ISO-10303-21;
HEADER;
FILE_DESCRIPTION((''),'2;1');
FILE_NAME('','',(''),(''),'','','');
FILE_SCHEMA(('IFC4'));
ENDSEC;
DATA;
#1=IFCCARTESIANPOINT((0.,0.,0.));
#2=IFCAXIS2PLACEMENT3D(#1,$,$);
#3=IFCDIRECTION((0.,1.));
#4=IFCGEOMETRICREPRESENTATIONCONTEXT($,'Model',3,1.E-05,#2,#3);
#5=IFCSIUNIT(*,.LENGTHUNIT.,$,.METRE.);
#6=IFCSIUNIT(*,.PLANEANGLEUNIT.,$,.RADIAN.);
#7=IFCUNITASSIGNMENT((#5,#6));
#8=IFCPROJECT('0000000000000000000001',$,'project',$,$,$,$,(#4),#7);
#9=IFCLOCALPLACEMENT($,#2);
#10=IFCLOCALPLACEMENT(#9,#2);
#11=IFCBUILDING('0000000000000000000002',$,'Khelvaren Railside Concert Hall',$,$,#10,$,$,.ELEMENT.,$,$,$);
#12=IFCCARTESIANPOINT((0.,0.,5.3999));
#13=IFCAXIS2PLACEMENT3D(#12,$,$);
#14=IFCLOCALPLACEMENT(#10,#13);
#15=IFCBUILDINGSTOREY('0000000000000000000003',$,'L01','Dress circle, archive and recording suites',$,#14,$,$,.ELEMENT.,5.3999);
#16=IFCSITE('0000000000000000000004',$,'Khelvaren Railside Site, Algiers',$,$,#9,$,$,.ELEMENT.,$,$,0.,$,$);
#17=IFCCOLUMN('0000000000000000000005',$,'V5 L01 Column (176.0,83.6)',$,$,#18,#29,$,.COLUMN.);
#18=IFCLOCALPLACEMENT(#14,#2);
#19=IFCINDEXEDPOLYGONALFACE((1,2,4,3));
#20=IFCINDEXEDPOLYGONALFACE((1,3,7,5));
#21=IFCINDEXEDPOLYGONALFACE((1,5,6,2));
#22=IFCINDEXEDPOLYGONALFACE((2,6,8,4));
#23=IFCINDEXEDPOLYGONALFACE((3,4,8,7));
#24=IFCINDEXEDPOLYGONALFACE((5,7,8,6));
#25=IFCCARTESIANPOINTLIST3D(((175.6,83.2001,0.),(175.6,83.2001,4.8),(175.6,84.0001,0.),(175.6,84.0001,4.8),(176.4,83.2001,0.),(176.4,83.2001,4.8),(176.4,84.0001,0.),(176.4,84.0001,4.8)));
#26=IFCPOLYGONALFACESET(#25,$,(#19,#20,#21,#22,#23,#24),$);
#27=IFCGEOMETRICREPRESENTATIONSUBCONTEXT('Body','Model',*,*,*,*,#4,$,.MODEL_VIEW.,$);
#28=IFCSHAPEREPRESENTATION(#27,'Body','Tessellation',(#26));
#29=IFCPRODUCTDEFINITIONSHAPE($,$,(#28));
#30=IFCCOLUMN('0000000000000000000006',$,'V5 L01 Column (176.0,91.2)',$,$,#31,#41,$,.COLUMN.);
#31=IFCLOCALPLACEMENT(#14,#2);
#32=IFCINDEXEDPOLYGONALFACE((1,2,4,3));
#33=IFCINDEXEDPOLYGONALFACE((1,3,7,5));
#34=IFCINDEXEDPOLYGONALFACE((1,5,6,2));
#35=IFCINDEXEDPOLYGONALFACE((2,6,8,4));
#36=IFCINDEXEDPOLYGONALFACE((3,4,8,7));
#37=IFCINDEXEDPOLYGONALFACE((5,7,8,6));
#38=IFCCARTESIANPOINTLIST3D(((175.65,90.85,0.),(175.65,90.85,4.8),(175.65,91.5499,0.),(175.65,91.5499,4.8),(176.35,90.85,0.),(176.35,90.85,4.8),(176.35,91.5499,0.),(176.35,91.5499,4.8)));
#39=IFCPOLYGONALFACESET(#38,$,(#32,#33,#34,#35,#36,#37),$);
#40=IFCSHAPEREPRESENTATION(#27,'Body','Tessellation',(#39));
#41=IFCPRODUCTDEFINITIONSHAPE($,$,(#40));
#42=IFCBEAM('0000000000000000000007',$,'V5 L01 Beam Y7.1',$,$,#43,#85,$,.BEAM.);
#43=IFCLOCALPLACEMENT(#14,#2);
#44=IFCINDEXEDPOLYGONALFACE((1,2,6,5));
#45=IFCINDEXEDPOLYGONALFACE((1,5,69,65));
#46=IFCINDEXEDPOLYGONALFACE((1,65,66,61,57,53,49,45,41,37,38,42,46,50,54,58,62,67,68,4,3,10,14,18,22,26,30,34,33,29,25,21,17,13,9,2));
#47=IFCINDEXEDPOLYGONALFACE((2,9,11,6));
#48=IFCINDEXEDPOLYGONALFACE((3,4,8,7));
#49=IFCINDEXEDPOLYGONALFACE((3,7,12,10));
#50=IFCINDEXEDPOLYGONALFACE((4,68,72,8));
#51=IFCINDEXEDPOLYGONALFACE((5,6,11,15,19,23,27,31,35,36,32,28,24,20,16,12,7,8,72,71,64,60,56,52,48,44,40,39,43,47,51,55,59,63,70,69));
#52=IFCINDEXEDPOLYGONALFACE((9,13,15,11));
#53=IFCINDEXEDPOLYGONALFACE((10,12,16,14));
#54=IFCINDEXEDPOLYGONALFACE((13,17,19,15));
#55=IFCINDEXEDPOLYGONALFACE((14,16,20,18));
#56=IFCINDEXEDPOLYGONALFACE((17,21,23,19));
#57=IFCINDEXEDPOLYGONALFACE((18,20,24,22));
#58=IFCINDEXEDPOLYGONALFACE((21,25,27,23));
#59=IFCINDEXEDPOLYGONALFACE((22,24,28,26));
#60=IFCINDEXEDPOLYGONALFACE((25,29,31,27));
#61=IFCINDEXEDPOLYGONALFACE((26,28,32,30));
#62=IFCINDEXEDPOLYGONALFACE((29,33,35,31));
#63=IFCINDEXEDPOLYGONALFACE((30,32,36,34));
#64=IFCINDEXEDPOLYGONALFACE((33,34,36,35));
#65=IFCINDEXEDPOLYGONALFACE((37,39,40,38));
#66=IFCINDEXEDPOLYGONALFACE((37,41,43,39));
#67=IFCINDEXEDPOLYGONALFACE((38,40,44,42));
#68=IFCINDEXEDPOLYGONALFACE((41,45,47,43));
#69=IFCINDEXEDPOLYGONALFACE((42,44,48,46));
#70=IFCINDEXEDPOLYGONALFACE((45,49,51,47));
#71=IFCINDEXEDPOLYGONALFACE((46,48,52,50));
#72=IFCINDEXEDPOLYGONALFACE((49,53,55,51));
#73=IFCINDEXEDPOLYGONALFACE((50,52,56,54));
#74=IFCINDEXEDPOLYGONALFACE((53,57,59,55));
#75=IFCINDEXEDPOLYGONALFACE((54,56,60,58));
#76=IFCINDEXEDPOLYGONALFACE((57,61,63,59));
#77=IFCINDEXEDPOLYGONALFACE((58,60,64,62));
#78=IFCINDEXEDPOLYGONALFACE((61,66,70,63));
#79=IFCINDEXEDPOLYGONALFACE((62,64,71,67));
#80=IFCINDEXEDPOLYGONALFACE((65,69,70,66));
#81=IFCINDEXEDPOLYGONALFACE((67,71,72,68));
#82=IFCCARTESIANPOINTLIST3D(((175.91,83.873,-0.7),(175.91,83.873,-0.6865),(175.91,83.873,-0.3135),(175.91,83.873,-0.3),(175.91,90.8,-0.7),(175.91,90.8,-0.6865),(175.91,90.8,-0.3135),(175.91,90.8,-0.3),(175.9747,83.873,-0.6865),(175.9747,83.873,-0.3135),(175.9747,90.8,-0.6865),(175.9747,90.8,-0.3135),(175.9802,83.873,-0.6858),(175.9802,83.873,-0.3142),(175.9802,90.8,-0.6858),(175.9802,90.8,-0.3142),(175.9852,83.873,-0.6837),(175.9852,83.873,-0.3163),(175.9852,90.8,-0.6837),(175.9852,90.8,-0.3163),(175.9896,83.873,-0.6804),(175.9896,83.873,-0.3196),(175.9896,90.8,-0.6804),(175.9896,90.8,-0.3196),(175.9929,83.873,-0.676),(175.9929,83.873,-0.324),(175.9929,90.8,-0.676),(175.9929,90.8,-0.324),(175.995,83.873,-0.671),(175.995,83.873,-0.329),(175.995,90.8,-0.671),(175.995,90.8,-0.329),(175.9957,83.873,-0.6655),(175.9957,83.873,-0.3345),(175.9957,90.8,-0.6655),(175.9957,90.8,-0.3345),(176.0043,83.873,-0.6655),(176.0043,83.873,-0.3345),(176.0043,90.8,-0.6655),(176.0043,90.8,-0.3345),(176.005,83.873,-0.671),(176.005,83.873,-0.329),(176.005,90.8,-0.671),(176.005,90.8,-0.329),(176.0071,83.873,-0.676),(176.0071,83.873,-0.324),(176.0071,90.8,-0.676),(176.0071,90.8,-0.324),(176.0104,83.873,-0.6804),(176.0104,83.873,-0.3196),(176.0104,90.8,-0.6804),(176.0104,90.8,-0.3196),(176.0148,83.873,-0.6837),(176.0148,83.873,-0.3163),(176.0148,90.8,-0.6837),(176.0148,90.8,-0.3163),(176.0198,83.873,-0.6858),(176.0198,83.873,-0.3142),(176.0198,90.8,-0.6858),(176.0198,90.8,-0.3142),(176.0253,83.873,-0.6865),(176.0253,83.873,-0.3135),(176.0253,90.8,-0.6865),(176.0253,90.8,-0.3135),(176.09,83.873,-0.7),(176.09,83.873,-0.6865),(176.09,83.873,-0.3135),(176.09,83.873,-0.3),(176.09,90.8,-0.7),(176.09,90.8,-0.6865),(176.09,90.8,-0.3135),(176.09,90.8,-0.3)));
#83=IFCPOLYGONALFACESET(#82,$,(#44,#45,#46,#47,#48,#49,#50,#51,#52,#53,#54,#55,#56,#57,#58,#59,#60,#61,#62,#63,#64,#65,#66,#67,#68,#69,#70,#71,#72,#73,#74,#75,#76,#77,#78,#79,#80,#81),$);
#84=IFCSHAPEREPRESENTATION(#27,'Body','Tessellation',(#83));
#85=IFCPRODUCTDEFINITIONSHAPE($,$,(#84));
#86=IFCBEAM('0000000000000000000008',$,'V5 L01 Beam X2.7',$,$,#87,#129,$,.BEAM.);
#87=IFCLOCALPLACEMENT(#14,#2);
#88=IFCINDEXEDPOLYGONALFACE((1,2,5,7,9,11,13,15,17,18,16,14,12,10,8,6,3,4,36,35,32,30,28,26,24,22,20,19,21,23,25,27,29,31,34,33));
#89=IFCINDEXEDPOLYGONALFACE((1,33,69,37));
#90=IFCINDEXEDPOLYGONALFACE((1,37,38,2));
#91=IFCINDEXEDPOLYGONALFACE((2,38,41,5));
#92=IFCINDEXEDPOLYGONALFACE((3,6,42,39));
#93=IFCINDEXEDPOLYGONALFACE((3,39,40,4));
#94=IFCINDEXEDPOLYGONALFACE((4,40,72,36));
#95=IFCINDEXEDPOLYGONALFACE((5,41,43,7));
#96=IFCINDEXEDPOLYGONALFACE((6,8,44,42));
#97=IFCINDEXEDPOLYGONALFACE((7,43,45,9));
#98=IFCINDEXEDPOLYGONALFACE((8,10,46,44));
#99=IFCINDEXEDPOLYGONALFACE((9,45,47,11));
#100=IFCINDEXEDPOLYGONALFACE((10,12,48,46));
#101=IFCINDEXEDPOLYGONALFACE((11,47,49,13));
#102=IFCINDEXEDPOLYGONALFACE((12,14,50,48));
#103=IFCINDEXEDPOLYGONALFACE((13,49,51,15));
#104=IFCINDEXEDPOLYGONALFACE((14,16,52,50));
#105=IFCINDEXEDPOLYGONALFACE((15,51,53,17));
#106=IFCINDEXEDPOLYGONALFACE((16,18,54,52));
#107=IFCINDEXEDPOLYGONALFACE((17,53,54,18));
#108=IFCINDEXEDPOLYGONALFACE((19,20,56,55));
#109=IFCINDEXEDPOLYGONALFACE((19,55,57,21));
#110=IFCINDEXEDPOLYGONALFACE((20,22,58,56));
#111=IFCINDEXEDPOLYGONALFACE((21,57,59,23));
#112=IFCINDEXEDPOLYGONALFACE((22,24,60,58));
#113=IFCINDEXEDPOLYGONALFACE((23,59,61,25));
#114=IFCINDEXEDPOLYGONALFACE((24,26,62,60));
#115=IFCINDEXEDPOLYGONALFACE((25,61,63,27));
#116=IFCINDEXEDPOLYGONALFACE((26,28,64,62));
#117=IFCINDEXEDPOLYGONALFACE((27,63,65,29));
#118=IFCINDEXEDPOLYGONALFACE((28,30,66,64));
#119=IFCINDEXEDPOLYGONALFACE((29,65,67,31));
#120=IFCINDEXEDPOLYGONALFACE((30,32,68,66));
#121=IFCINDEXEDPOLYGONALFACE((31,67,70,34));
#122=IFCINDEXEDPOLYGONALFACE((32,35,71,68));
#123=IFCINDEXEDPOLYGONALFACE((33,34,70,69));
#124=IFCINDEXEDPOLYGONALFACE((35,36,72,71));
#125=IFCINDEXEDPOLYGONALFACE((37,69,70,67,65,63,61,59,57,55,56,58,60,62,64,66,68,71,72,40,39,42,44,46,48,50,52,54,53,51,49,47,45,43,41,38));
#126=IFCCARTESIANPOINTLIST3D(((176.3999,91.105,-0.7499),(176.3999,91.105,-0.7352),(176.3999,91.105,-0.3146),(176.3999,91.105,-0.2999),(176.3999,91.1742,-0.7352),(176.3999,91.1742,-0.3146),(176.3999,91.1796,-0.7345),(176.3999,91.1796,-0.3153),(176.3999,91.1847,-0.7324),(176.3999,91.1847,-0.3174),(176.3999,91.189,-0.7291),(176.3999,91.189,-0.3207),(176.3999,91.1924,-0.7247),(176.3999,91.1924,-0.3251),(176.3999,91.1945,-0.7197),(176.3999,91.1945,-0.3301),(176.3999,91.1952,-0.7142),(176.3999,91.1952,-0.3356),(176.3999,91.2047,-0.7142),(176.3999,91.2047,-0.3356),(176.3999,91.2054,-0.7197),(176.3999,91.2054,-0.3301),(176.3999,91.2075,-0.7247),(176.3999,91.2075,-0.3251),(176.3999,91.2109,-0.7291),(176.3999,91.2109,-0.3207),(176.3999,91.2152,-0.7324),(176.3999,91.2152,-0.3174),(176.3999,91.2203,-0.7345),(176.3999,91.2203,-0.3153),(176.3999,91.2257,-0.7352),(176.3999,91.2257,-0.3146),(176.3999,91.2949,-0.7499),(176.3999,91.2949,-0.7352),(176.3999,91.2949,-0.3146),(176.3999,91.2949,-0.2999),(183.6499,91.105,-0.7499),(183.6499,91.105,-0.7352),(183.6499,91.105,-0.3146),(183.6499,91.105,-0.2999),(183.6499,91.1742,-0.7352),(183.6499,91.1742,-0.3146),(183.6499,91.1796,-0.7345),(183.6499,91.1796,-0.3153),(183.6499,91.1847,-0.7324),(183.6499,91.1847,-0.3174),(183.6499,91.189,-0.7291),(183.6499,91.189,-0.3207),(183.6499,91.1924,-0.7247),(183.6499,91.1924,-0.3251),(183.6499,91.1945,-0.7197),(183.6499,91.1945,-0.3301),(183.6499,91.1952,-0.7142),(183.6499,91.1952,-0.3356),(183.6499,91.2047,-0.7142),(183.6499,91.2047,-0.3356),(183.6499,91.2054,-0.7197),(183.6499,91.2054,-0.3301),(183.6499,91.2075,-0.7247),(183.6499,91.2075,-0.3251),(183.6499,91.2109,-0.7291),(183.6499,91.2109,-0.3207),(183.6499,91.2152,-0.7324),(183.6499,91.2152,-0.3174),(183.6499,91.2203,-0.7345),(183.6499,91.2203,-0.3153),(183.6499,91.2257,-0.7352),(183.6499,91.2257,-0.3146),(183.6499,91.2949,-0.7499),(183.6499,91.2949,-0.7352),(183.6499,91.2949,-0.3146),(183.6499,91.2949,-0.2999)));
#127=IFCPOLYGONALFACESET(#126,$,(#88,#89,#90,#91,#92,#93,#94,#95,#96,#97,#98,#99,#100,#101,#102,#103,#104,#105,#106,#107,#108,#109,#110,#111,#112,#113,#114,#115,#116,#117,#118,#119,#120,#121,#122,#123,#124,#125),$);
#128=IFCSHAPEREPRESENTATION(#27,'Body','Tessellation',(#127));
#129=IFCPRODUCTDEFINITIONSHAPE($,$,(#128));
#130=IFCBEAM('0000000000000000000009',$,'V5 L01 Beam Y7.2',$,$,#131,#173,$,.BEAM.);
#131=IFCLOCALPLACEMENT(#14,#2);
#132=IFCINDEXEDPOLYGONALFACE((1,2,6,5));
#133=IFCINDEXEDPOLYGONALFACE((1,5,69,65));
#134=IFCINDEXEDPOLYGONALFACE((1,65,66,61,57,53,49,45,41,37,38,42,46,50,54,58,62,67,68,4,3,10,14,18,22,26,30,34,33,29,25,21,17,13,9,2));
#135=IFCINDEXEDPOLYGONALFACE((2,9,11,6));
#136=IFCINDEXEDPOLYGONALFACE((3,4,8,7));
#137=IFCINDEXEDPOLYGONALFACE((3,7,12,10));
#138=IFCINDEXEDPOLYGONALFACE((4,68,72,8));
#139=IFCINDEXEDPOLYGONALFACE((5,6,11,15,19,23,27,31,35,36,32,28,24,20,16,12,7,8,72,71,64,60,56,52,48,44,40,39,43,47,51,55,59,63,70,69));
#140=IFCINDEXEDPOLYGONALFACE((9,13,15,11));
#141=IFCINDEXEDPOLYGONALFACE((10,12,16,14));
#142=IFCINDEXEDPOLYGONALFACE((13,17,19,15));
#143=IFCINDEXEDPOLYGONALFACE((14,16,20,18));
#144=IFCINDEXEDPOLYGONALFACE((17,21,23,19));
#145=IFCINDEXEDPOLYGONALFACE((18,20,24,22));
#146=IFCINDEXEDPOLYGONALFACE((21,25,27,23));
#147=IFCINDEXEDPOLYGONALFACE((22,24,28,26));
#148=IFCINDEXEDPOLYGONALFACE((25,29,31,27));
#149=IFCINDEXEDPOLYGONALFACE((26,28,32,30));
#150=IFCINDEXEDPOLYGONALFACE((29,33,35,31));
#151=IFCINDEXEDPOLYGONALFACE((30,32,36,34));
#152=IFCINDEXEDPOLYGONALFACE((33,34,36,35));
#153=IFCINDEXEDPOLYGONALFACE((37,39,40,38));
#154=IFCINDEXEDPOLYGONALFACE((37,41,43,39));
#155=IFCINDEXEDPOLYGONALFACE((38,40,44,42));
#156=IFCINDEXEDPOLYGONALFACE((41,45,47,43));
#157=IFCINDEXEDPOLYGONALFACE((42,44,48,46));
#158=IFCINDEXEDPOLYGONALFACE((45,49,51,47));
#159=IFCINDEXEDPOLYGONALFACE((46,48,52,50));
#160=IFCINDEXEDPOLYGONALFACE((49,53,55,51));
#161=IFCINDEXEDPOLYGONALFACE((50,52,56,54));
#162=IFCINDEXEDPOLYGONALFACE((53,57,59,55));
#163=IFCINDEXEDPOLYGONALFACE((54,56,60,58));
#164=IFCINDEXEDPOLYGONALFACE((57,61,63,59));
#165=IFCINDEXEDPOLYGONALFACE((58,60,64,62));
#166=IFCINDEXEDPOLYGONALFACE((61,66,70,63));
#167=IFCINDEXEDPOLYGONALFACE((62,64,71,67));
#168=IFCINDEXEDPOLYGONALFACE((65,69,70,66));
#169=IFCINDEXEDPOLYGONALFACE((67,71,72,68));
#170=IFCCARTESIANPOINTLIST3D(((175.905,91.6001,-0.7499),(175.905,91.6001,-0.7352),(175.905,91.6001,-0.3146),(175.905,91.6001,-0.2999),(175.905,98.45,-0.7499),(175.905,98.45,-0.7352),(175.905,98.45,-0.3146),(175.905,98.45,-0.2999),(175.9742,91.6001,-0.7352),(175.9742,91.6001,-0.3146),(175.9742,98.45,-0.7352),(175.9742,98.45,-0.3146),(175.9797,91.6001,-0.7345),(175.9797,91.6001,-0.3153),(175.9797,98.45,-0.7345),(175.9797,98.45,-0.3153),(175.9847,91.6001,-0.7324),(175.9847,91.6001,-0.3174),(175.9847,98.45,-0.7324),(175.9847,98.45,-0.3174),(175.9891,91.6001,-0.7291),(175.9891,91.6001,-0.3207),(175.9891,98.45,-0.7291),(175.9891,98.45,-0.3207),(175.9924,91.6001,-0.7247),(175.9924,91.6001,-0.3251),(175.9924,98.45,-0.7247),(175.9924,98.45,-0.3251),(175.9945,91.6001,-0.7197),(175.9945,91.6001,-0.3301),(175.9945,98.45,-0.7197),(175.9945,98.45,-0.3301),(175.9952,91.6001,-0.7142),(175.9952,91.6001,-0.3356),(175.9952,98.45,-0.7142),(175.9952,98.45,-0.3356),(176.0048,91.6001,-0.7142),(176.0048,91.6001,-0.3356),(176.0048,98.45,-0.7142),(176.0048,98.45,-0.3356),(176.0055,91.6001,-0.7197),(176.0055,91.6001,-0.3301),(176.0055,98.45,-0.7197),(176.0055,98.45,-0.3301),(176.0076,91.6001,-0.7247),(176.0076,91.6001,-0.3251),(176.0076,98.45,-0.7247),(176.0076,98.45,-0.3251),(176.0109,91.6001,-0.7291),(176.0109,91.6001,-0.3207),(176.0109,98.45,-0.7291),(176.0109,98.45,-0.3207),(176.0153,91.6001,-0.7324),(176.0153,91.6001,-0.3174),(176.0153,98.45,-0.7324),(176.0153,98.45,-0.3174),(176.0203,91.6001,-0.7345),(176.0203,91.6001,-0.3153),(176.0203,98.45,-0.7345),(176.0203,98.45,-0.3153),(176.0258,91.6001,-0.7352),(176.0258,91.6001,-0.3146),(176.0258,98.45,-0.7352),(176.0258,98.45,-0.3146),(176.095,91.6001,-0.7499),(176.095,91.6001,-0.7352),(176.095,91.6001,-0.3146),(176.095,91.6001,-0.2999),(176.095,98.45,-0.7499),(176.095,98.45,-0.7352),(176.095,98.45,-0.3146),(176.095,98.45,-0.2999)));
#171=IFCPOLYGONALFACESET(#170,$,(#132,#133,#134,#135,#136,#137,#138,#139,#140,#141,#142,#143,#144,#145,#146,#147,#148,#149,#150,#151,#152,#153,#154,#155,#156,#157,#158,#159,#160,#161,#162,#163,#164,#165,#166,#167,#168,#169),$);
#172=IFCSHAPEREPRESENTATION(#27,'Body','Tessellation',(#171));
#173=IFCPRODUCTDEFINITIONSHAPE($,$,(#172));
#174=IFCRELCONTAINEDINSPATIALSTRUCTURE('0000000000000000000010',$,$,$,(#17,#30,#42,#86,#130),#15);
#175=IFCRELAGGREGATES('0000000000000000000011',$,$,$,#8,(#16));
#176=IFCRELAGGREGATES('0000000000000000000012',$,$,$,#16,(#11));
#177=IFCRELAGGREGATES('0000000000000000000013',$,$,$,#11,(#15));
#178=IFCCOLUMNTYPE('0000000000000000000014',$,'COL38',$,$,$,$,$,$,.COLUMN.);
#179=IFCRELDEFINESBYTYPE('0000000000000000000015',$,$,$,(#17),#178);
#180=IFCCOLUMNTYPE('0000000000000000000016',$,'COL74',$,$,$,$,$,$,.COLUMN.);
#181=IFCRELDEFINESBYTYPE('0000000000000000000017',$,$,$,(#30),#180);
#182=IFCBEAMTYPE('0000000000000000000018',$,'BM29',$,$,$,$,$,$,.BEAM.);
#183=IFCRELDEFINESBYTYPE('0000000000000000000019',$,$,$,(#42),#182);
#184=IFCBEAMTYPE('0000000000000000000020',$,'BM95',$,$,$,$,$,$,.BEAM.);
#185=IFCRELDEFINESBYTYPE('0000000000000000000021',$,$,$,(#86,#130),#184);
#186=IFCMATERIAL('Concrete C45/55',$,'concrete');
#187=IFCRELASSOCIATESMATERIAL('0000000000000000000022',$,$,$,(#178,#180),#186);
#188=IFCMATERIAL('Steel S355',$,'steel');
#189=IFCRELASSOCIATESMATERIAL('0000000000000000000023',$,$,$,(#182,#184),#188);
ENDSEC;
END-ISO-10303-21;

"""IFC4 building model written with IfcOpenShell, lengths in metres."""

from ifc_helpers import new_model, si_unit, direction, frame, origin, origin_2d, place, context, subcontext, project, spatial, rectangle, i_section, extrude, material, material_profile, profile_set, type_object, element, save


model = new_model("IFC4")

# Units and contexts
model_context = context("Model", 3, precision=1e-05, world=origin(), true_north=direction((0.0, 1.0)))
body_context = subcontext(model_context, "Body", "Model", "MODEL_VIEW")
ifc_project = project(units=[si_unit("LENGTHUNIT", "METRE"), si_unit("PLANEANGLEUNIT", "RADIAN")], contexts=[model_context])

# Site, building, storey
site_placement = place(None, origin())
site = spatial("IfcSite", under=ifc_project, at=site_placement, Name="Khelvaren Railside Site, Algiers", CompositionType="ELEMENT", RefElevation=0.0)
building_placement = place(site_placement, origin())
building = spatial("IfcBuilding", under=site, at=building_placement, Name="Khelvaren Railside Concert Hall", CompositionType="ELEMENT")
storey_placement = place(building_placement, frame((0.0, 0.0, 5.3999)))
storey = spatial("IfcBuildingStorey", under=building, at=storey_placement, Name="L01", Description="Dress circle, archive and recording suites", CompositionType="ELEMENT", Elevation=5.3999)

# Columns
ifc_material_1 = material(Name="Concrete C45/55", Category="concrete")
ifc_material_profile_1 = material_profile(ifc_material_1, rectangle(XDim=0.8, YDim=0.8, at=origin_2d()), Name="RC 800x800")
ifc_profile_set_1 = profile_set([ifc_material_profile_1], Name="Concrete C45/55")
column_type_1 = type_object("IfcColumnType", Name="COL38", PredefinedType="COLUMN", material=ifc_profile_set_1)
column_1_placement = place(storey_placement, frame((176.0, 83.6001, 0.0), z_axis=(0.0, 0.0, 1.0), x_axis=(1.0, 0.0, 0.0)))
element("IfcColumn", 1, at=column_1_placement, inside=storey, type_object=column_type_1, Name="V5 L01 Column (176.0,83.6)", PredefinedType="COLUMN", context=body_context, shape_type="SweptSolid", body=[
    extrude(rectangle(XDim=0.8, YDim=0.8, at=origin_2d()), origin(), (0.0, 0.0, 1.0), 4.8),
])
ifc_material_profile_2 = material_profile(ifc_material_1, rectangle(XDim=0.7, YDim=0.7, at=origin_2d()), Name="RC 700x700")
ifc_profile_set_2 = profile_set([ifc_material_profile_2], Name="Concrete C45/55")
column_type_2 = type_object("IfcColumnType", Name="COL74", PredefinedType="COLUMN", material=ifc_profile_set_2)
column_2_placement = place(storey_placement, frame((176.0, 91.2, 0.0), z_axis=(0.0, 0.0, 1.0), x_axis=(1.0, 0.0, 0.0)))
element("IfcColumn", 2, at=column_2_placement, inside=storey, type_object=column_type_2, Name="V5 L01 Column (176.0,91.2)", PredefinedType="COLUMN", context=body_context, shape_type="SweptSolid", body=[
    extrude(rectangle(XDim=0.7, YDim=0.7, at=origin_2d()), origin(), (0.0, 0.0, 1.0), 4.8),
])

# Beams
ifc_material_2 = material(Name="Steel S355", Category="steel")
ifc_material_profile_3 = material_profile(ifc_material_2, i_section(OverallWidth=0.1799, OverallDepth=0.3999, WebThickness=0.0085, FlangeThickness=0.0134, FilletRadius=0.021, at=origin_2d()), Name="IPE 400")
ifc_profile_set_3 = profile_set([ifc_material_profile_3], Name="Steel S355")
beam_type_1 = type_object("IfcBeamType", Name="BM29", PredefinedType="BEAM", material=ifc_profile_set_3)
beam_1_placement = place(storey_placement, frame((176.0, 83.873, -0.5), z_axis=(0.0, 1.0, 0.0), x_axis=(-1.0, 0.0, 0.0)))
element("IfcBeam", 3, at=beam_1_placement, inside=storey, type_object=beam_type_1, Name="V5 L01 Beam Y7.1", PredefinedType="BEAM", context=body_context, shape_type="SweptSolid", body=[
    extrude(i_section(OverallWidth=0.1799, OverallDepth=0.3999, WebThickness=0.0085, FlangeThickness=0.0134, FilletRadius=0.021, at=origin_2d()), origin(), (0.0, 0.0, 1.0), 6.927),
])
ifc_material_profile_4 = material_profile(ifc_material_2, i_section(OverallWidth=0.1899, OverallDepth=0.45, WebThickness=0.0095, FlangeThickness=0.0146, FilletRadius=0.021, at=origin_2d()), Name="IPE 450")
ifc_profile_set_4 = profile_set([ifc_material_profile_4], Name="Steel S355")
beam_type_2 = type_object("IfcBeamType", Name="BM95", PredefinedType="BEAM", material=ifc_profile_set_4)
beam_2_placement = place(storey_placement, frame((176.3999, 91.2, -0.5249), z_axis=(1.0, 0.0, 0.0), x_axis=(0.0, 1.0, 0.0)))
element("IfcBeam", 4, at=beam_2_placement, inside=storey, type_object=beam_type_2, Name="V5 L01 Beam X2.7", PredefinedType="BEAM", context=body_context, shape_type="SweptSolid", body=[
    extrude(i_section(OverallWidth=0.1899, OverallDepth=0.45, WebThickness=0.0095, FlangeThickness=0.0146, FilletRadius=0.021, at=origin_2d()), origin(), (0.0, 0.0, 1.0), 7.25),
])
beam_3_placement = place(storey_placement, frame((176.0, 91.6001, -0.5249), z_axis=(0.0, 1.0, 0.0), x_axis=(-1.0, 0.0, 0.0)))
element("IfcBeam", 5, at=beam_3_placement, inside=storey, type_object=beam_type_2, Name="V5 L01 Beam Y7.2", PredefinedType="BEAM", context=body_context, shape_type="SweptSolid", body=[
    extrude(i_section(OverallWidth=0.1899, OverallDepth=0.45, WebThickness=0.0095, FlangeThickness=0.0146, FilletRadius=0.021, at=origin_2d()), origin(), (0.0, 0.0, 1.0), 6.8499),
])

save(model, "model.ifc")
